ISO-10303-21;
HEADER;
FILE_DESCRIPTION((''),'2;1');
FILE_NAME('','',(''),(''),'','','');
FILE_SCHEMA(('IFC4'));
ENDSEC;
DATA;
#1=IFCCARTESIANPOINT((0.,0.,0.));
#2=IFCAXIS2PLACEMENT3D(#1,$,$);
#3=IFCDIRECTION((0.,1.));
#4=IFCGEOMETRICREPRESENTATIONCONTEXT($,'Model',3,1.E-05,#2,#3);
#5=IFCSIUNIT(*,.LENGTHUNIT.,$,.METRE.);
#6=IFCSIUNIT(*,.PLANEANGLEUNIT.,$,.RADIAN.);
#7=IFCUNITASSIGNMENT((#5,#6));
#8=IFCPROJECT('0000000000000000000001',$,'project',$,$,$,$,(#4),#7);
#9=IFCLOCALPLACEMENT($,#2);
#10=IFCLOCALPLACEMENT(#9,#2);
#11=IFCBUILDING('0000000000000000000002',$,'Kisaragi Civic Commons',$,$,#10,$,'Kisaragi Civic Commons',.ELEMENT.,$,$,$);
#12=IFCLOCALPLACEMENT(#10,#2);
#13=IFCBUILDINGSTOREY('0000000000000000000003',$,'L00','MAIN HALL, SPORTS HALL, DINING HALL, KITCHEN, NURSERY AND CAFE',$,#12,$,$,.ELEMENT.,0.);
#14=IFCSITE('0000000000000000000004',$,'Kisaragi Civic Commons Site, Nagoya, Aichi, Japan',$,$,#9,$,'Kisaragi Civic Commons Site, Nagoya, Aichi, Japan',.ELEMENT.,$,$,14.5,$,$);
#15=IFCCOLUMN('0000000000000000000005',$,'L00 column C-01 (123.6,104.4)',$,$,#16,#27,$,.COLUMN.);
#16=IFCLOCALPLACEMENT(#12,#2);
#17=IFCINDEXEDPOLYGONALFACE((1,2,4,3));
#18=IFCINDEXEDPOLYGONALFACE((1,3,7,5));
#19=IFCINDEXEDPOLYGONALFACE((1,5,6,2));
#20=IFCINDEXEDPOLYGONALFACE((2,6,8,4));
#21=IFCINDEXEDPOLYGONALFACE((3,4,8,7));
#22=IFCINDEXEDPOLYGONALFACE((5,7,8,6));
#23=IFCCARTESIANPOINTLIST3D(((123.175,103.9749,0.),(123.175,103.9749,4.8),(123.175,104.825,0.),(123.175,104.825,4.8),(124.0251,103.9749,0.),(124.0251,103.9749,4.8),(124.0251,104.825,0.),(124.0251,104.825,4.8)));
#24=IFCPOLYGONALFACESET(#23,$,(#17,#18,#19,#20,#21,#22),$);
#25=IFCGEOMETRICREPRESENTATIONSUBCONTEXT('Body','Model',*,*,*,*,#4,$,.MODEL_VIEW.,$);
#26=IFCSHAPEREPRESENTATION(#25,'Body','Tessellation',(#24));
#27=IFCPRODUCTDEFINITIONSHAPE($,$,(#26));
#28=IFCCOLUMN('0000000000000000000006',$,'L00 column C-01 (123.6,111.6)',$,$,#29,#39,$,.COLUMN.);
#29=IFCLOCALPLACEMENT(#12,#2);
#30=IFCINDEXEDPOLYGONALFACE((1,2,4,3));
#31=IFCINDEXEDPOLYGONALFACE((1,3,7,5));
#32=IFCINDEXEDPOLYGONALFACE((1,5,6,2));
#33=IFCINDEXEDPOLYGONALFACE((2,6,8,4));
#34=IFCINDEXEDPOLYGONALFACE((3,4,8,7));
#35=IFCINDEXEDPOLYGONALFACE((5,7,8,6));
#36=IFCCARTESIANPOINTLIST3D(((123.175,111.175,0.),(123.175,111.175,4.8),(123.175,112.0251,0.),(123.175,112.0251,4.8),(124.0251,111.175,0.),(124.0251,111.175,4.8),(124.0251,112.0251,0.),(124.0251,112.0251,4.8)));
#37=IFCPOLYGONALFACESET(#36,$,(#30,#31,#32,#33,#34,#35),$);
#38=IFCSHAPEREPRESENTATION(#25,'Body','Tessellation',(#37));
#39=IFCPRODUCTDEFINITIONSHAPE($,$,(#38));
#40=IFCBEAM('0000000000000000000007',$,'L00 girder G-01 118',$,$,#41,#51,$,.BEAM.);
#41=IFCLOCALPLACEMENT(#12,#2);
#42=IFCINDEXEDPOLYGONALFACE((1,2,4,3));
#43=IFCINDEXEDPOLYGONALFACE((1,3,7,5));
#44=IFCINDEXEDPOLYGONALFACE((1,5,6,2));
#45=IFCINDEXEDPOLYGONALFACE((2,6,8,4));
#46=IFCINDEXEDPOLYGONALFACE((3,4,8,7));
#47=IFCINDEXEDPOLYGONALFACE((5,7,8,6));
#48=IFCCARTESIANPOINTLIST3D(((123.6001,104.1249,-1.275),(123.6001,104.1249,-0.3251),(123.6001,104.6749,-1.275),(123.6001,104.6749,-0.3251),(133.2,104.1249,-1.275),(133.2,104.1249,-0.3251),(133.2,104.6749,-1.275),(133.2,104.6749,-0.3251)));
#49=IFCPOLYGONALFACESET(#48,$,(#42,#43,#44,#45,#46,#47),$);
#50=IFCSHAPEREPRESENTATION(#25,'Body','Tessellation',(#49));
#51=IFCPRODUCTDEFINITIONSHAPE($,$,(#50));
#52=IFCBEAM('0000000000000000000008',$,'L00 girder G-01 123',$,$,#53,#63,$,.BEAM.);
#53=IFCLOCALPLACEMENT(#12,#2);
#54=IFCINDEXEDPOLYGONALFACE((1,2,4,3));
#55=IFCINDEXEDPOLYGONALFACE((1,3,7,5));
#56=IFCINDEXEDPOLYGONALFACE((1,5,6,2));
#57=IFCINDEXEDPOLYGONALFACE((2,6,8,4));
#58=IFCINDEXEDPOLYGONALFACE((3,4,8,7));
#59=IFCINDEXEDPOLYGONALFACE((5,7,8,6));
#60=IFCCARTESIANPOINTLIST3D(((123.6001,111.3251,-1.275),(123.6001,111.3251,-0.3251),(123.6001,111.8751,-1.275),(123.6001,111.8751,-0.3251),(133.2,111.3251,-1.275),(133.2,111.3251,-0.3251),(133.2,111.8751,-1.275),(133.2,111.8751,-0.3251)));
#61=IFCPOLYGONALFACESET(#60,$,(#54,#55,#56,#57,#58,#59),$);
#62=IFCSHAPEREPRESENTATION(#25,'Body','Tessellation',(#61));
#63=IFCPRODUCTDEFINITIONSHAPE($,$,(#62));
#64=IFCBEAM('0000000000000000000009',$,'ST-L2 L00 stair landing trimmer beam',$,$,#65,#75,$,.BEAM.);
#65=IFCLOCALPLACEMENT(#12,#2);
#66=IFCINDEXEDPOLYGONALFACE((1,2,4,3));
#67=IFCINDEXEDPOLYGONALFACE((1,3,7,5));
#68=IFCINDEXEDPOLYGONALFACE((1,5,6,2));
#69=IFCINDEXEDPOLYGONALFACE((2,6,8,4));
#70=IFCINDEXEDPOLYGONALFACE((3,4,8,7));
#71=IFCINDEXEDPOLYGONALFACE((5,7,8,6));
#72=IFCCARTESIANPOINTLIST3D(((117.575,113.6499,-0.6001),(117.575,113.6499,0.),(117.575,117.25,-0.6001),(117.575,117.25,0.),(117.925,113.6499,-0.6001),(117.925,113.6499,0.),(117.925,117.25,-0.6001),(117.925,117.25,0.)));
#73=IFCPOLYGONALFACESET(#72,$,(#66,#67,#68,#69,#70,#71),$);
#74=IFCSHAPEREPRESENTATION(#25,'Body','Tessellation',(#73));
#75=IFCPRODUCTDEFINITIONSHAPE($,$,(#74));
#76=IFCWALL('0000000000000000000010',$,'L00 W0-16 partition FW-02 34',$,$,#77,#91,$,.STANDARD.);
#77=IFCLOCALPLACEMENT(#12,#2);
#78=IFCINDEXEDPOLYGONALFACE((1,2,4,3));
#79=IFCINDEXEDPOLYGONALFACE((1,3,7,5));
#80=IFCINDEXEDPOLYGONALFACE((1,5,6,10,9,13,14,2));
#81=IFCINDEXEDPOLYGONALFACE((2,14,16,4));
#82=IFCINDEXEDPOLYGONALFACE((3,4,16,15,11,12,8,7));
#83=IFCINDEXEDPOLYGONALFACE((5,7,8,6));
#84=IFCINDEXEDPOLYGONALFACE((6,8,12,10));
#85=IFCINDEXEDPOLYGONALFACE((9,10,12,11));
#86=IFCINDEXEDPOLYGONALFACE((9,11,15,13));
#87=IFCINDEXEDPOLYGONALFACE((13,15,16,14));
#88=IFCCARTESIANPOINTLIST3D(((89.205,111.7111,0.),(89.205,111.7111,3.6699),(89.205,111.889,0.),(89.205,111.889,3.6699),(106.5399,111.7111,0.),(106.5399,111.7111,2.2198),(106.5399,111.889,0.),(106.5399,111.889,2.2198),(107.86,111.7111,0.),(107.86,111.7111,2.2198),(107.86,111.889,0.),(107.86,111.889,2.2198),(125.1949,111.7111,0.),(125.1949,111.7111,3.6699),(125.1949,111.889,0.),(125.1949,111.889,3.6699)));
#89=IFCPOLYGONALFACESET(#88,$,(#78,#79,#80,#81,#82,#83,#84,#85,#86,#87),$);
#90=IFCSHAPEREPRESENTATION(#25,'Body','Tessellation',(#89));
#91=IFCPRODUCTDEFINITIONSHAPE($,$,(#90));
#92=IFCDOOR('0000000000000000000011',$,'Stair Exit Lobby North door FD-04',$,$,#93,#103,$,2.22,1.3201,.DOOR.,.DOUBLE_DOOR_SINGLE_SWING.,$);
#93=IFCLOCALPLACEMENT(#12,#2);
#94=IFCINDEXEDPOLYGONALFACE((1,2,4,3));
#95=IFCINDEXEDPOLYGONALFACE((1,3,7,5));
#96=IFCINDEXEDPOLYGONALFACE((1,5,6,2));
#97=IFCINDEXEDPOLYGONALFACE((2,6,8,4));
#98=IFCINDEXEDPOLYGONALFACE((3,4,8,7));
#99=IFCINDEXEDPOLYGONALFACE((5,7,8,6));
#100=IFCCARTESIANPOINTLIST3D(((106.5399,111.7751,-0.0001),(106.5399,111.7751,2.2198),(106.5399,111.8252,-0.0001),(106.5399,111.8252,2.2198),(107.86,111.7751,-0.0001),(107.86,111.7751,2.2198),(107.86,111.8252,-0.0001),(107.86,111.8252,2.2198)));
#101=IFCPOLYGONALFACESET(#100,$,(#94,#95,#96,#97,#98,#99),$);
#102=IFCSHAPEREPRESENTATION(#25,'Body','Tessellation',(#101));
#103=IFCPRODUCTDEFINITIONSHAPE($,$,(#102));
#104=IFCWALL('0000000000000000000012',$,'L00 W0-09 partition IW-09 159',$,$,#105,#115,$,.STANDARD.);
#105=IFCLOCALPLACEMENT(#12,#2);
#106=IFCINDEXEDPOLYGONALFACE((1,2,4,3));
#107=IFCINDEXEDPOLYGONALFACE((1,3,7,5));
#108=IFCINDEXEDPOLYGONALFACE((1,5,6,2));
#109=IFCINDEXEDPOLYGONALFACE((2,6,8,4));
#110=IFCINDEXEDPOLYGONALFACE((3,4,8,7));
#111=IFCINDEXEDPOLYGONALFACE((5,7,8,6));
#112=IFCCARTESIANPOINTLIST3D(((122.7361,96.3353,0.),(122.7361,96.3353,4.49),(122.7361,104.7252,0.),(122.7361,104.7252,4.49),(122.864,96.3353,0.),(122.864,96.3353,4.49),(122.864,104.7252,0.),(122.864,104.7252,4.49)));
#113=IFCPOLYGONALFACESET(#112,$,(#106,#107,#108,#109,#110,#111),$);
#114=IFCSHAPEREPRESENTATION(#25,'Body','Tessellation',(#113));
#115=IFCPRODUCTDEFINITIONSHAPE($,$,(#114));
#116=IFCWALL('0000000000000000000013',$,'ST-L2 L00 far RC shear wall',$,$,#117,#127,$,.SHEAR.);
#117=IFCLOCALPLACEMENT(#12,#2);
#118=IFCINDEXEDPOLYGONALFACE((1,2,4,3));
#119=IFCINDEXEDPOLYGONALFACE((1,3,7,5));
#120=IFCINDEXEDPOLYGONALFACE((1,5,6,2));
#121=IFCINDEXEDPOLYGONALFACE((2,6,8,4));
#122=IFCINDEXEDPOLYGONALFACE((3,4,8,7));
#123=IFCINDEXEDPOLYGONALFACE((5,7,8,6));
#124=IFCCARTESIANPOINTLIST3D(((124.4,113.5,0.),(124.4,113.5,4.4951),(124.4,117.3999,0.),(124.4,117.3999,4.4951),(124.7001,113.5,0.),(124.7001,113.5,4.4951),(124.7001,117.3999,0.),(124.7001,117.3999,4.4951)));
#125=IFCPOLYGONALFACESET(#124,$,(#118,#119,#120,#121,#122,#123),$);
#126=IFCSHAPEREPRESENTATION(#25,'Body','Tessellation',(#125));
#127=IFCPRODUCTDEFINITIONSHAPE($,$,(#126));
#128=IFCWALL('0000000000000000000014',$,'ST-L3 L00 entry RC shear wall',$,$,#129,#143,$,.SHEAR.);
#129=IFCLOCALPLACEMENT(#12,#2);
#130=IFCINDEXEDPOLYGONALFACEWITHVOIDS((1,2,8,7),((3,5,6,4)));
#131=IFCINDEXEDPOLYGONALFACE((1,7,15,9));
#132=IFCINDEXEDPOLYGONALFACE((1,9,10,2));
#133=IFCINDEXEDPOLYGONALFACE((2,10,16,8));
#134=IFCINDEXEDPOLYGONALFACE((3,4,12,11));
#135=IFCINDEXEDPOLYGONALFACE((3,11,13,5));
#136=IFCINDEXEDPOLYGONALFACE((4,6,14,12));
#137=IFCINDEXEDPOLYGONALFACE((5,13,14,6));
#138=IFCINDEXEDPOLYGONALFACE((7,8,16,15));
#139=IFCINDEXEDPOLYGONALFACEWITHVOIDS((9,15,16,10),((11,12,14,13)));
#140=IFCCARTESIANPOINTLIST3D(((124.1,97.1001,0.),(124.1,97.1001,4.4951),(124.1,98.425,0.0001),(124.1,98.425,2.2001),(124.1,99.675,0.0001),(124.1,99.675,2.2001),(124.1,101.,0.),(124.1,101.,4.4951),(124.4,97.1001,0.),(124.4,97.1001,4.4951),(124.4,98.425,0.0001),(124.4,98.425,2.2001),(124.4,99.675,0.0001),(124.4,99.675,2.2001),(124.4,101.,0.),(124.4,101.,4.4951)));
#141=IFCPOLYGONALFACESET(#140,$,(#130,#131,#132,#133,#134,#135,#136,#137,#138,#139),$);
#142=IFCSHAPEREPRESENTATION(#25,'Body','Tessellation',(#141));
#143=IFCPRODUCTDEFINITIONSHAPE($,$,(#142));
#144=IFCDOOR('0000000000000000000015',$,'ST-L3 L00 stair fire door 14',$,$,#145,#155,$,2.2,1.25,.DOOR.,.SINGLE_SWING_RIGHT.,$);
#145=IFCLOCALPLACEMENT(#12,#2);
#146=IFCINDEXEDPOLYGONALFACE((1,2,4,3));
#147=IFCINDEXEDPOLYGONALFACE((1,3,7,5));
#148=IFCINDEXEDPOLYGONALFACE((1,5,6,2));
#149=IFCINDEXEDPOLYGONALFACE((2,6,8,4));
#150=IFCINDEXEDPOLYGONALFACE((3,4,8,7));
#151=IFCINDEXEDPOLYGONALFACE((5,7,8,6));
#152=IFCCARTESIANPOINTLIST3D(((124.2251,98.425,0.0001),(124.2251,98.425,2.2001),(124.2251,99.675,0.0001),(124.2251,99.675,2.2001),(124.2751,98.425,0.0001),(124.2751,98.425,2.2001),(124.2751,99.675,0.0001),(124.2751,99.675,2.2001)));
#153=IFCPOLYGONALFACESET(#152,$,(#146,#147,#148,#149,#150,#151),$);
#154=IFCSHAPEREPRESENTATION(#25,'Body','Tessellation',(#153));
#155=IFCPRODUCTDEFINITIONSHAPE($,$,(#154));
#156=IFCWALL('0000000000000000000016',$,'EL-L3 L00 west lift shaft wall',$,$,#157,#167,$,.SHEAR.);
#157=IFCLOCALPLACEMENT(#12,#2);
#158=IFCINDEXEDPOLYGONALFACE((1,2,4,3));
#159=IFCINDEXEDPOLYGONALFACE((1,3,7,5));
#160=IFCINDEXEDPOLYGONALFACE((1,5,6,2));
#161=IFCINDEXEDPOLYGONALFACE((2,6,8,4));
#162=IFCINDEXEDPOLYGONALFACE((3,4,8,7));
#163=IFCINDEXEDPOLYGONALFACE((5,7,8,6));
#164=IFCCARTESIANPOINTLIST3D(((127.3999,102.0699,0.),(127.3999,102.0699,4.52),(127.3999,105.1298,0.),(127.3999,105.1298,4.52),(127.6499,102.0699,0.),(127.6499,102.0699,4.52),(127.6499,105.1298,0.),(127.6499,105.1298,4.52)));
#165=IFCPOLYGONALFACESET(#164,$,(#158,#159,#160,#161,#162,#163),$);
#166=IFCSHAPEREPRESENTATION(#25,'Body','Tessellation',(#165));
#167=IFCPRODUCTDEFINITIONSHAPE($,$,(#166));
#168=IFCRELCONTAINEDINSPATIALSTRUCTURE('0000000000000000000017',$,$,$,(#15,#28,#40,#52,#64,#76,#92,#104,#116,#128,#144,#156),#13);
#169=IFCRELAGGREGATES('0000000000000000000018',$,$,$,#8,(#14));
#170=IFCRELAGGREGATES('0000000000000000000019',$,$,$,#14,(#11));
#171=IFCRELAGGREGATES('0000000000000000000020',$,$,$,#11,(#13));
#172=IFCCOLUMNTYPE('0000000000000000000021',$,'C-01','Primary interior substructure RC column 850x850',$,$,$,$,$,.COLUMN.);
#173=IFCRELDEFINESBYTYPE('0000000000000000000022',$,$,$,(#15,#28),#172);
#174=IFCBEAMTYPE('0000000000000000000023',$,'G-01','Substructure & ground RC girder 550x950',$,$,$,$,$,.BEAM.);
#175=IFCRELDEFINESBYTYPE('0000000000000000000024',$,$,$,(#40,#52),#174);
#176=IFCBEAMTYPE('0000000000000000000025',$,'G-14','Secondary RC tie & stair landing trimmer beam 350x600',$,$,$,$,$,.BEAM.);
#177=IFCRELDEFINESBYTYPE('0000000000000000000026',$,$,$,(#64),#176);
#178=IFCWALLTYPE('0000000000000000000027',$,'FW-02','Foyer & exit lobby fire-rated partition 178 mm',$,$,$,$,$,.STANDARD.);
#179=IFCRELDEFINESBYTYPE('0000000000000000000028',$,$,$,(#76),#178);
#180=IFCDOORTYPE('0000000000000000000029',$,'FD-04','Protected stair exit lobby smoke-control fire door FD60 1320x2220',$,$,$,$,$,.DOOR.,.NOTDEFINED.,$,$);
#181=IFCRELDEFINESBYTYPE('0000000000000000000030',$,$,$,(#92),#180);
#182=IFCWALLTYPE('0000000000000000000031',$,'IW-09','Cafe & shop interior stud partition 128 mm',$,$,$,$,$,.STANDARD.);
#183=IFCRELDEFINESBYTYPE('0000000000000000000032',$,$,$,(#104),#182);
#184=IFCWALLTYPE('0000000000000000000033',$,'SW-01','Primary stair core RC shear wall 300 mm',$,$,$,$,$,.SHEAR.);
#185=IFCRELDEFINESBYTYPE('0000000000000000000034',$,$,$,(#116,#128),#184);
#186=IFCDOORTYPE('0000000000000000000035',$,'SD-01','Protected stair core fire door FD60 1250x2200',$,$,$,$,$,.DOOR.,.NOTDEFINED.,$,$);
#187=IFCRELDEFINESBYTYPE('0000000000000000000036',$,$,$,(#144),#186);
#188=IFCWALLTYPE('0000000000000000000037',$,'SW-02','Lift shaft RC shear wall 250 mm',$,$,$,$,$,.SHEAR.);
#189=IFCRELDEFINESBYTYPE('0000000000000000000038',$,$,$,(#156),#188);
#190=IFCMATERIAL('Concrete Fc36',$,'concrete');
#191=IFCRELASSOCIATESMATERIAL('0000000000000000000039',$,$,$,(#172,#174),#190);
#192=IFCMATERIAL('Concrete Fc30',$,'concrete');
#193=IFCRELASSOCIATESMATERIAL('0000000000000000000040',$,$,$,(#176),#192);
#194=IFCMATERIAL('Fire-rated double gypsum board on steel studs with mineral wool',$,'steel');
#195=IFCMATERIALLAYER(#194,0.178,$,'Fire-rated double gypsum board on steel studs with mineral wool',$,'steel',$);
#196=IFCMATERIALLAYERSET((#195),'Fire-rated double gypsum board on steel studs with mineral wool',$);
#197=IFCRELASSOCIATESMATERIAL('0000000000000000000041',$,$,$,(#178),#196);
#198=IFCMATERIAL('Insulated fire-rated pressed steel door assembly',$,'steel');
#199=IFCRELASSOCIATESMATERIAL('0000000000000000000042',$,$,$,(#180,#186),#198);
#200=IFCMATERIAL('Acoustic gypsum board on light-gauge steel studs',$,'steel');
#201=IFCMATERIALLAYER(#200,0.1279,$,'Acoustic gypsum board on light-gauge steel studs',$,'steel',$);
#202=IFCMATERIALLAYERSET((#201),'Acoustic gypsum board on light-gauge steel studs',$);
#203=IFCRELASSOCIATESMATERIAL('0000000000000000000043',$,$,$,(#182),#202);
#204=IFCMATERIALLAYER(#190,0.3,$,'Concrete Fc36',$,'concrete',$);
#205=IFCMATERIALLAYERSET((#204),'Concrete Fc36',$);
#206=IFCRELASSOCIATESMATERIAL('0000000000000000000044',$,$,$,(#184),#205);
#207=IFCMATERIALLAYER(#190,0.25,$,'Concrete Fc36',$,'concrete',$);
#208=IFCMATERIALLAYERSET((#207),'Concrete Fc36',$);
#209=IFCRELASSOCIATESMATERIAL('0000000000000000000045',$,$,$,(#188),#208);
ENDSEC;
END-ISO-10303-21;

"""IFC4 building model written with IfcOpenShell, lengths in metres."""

from ifc_helpers import new_model, si_unit, direction, frame, frame_2d, origin, origin_2d, place, context, subcontext, project, spatial, rectangle, extrude, material, layer, layer_set, material_profile, profile_set, type_object, element, fill, save


model = new_model("IFC4")

# Units and contexts
model_context = context("Model", 3, precision=1e-05, world=origin(), true_north=direction((0.0, 1.0)))
body_context = subcontext(model_context, "Body", "Model", "MODEL_VIEW")
ifc_project = project(units=[si_unit("LENGTHUNIT", "METRE"), si_unit("PLANEANGLEUNIT", "RADIAN")], contexts=[model_context])

# Site, building, storey
site_placement = place(None, origin())
site = spatial("IfcSite", under=ifc_project, at=site_placement, Name="Kisaragi Civic Commons Site, Nagoya, Aichi, Japan", LongName="Kisaragi Civic Commons Site, Nagoya, Aichi, Japan", CompositionType="ELEMENT", RefElevation=14.5)
building_placement = place(site_placement, origin())
building = spatial("IfcBuilding", under=site, at=building_placement, Name="Kisaragi Civic Commons", LongName="Kisaragi Civic Commons", CompositionType="ELEMENT")
storey_placement = place(building_placement, origin())
storey = spatial("IfcBuildingStorey", under=building, at=storey_placement, Name="L00", Description="MAIN HALL, SPORTS HALL, DINING HALL, KITCHEN, NURSERY AND CAFE", CompositionType="ELEMENT", Elevation=0.0)

# Columns
ifc_material_1 = material(Name="Concrete Fc36", Category="concrete")
ifc_material_profile_1 = material_profile(ifc_material_1, rectangle(XDim=0.8501, YDim=0.8501, at=origin_2d()), Name="RC-850x850", Category="concrete")
ifc_profile_set_1 = profile_set([ifc_material_profile_1], Name="Concrete Fc36")
column_type = type_object("IfcColumnType", Name="C-01", Description="Primary interior substructure RC column 850x850", PredefinedType="COLUMN", material=ifc_profile_set_1)
for number, where, z_axis, x_axis, name in (
    (1, (123.6001, 104.3999, 0.0), (0.0, 0.0, 1.0), (1.0, 0.0, 0.0), "L00 column C-01 (123.6,104.4)"),
    (2, (123.6001, 111.6001, 0.0), (0.0, 0.0, 1.0), (1.0, 0.0, 0.0), "L00 column C-01 (123.6,111.6)"),
):
    element("IfcColumn", number, at=place(storey_placement, frame(where, z_axis=z_axis, x_axis=x_axis)), inside=storey, type_object=column_type, Name=name, PredefinedType="COLUMN", context=body_context, shape_type="SweptSolid", body=[
        extrude(rectangle(XDim=0.8501, YDim=0.8501, at=origin_2d()), origin(), (0.0, 0.0, 1.0), 4.8),
    ])

# Beams
ifc_material_profile_2 = material_profile(ifc_material_1, rectangle(XDim=0.55, YDim=0.95, at=origin_2d()), Name="RC-550x950", Category="concrete")
ifc_profile_set_2 = profile_set([ifc_material_profile_2], Name="Concrete Fc36")
beam_type_1 = type_object("IfcBeamType", Name="G-01", Description="Substructure & ground RC girder 550x950", PredefinedType="BEAM", material=ifc_profile_set_2)
for number, where, z_axis, x_axis, name in (
    (3, (123.6001, 104.3999, -0.8), (1.0, 0.0, 0.0), (0.0, 1.0, 0.0), "L00 girder G-01 118"),
    (4, (123.6001, 111.6001, -0.8), (1.0, 0.0, 0.0), (0.0, 1.0, 0.0), "L00 girder G-01 123"),
):
    element("IfcBeam", number, at=place(storey_placement, frame(where, z_axis=z_axis, x_axis=x_axis)), inside=storey, type_object=beam_type_1, Name=name, PredefinedType="BEAM", context=body_context, shape_type="SweptSolid", body=[
        extrude(rectangle(XDim=0.55, YDim=0.95, at=origin_2d()), origin(), (0.0, 0.0, 1.0), 9.5999),
    ])
ifc_material_2 = material(Name="Concrete Fc30", Category="concrete")
ifc_material_profile_3 = material_profile(ifc_material_2, rectangle(XDim=0.3501, YDim=0.6001, at=origin_2d()), Name="RC-350x600", Category="concrete")
ifc_profile_set_3 = profile_set([ifc_material_profile_3], Name="Concrete Fc30")
beam_type_2 = type_object("IfcBeamType", Name="G-14", Description="Secondary RC tie & stair landing trimmer beam 350x600", PredefinedType="BEAM", material=ifc_profile_set_3)
beam_placement = place(storey_placement, frame((117.75, 113.6499, -0.3), z_axis=(0.0, 1.0, 0.0), x_axis=(-1.0, 0.0, 0.0)))
element("IfcBeam", 5, at=beam_placement, inside=storey, type_object=beam_type_2, Name="ST-L2 L00 stair landing trimmer beam", PredefinedType="BEAM", context=body_context, shape_type="SweptSolid", body=[
    extrude(rectangle(XDim=0.3501, YDim=0.6001, at=origin_2d()), origin(), (0.0, 0.0, 1.0), 3.6001),
])

# Wall, opening, door
ifc_material_3 = material(Name="Fire-rated double gypsum board on steel studs with mineral wool", Category="steel")
ifc_layer_1 = layer(ifc_material_3, 0.178, Name="Fire-rated double gypsum board on steel studs with mineral wool", Category="steel")
ifc_layer_set_1 = layer_set([ifc_layer_1], Name="Fire-rated double gypsum board on steel studs with mineral wool")
wall_type_1 = type_object("IfcWallType", Name="FW-02", Description="Foyer & exit lobby fire-rated partition 178 mm", PredefinedType="STANDARD", material=ifc_layer_set_1)
wall_1_placement = place(storey_placement, frame((125.1951, 111.8, 0.0), z_axis=(0.0, 0.0, 1.0), x_axis=(-1.0, 0.0, 0.0)))
wall_1 = element("IfcWall", 6, at=wall_1_placement, inside=storey, type_object=wall_type_1, Name="L00 W0-16 partition FW-02 34", PredefinedType="STANDARD", context=body_context, shape_type="SweptSolid", body=[
    extrude(rectangle(XDim=35.99, YDim=0.178, at=frame_2d((17.9951, 0.0))), origin(), (0.0, 0.0, 1.0), 3.6699),
])
opening_1_placement = place(wall_1_placement, frame((17.335, 0.0, 0.0)))
opening_1 = element("IfcOpeningElement", 7, at=opening_1_placement, cuts=wall_1, PredefinedType="OPENING", context=body_context, shape_type="SweptSolid", body=[
    extrude(rectangle(XDim=1.3201, YDim=2.22, at=frame_2d((0.6602, 1.1099))), frame((0.0, 0.0989, 0.0), z_axis=(0.0, -1.0, 0.0), x_axis=(1.0, 0.0, 0.0)), (0.0, 0.0, 1.0), 0.198),
])
ifc_material_4 = material(Name="Insulated fire-rated pressed steel door assembly", Category="steel")
door_type_1 = type_object("IfcDoorType", Name="FD-04", Description="Protected stair exit lobby smoke-control fire door FD60 1320x2220", OperationType="NOTDEFINED", PredefinedType="DOOR", material=ifc_material_4)
door_1_placement = place(opening_1_placement, origin())
door_1 = element("IfcDoor", 8, at=door_1_placement, inside=storey, type_object=door_type_1, Name="Stair Exit Lobby North door FD-04", OperationType="DOUBLE_DOOR_SINGLE_SWING", OverallHeight=2.22, OverallWidth=1.3201, PredefinedType="DOOR", context=body_context, shape_type="SweptSolid", body=[
    extrude(rectangle(XDim=1.3201, YDim=2.22, at=frame_2d((0.6602, 1.1099))), frame((0.0, 0.0249, 0.0), z_axis=(0.0, -1.0, 0.0), x_axis=(1.0, 0.0, 0.0)), (0.0, 0.0, 1.0), 0.05),
])
fill(opening_1, door_1)

# Walls
ifc_material_5 = material(Name="Acoustic gypsum board on light-gauge steel studs", Category="steel")
ifc_layer_2 = layer(ifc_material_5, 0.1279, Name="Acoustic gypsum board on light-gauge steel studs", Category="steel")
ifc_layer_set_2 = layer_set([ifc_layer_2], Name="Acoustic gypsum board on light-gauge steel studs")
wall_type_2 = type_object("IfcWallType", Name="IW-09", Description="Cafe & shop interior stud partition 128 mm", PredefinedType="STANDARD", material=ifc_layer_set_2)
wall_2_placement = place(storey_placement, frame((122.8, 104.7251, 0.0), z_axis=(0.0, 0.0, 1.0), x_axis=(0.0, -1.0, 0.0)))
element("IfcWall", 9, at=wall_2_placement, inside=storey, type_object=wall_type_2, Name="L00 W0-09 partition IW-09 159", PredefinedType="STANDARD", context=body_context, shape_type="SweptSolid", body=[
    extrude(rectangle(XDim=8.3899, YDim=0.1279, at=frame_2d((4.1948, 0.0))), origin(), (0.0, 0.0, 1.0), 4.49),
])
ifc_layer_3 = layer(ifc_material_1, 0.3, Name="Concrete Fc36", Category="concrete")
ifc_layer_set_3 = layer_set([ifc_layer_3], Name="Concrete Fc36")
wall_type_3 = type_object("IfcWallType", Name="SW-01", Description="Primary stair core RC shear wall 300 mm", PredefinedType="SHEAR", material=ifc_layer_set_3)
wall_3_placement = place(storey_placement, frame((124.55, 113.5, 0.0), z_axis=(0.0, 0.0, 1.0), x_axis=(0.0, 1.0, 0.0)))
element("IfcWall", 10, at=wall_3_placement, inside=storey, type_object=wall_type_3, Name="ST-L2 L00 far RC shear wall", PredefinedType="SHEAR", context=body_context, shape_type="SweptSolid", body=[
    extrude(rectangle(XDim=3.8999, YDim=0.3, at=frame_2d((1.95, 0.0))), origin(), (0.0, 0.0, 1.0), 4.4951),
])

# Wall, opening, door
wall_4_placement = place(storey_placement, frame((124.25, 101.0, 0.0), z_axis=(0.0, 0.0, 1.0), x_axis=(0.0, -1.0, 0.0)))
wall_4 = element("IfcWall", 11, at=wall_4_placement, inside=storey, type_object=wall_type_3, Name="ST-L3 L00 entry RC shear wall", PredefinedType="SHEAR", context=body_context, shape_type="SweptSolid", body=[
    extrude(rectangle(XDim=3.8999, YDim=0.3, at=frame_2d((1.95, 0.0))), origin(), (0.0, 0.0, 1.0), 4.4951),
])
opening_2_placement = place(wall_4_placement, frame((1.325, 0.0, 0.0)))
opening_2 = element("IfcOpeningElement", 12, at=opening_2_placement, cuts=wall_4, PredefinedType="OPENING", context=body_context, shape_type="SweptSolid", body=[
    extrude(rectangle(XDim=1.25, YDim=2.2, at=frame_2d((0.625, 1.1001))), frame((0.0, 0.1599, 0.0), z_axis=(0.0, -1.0, 0.0), x_axis=(1.0, 0.0, 0.0)), (0.0, 0.0, 1.0), 0.3201),
])
door_type_2 = type_object("IfcDoorType", Name="SD-01", Description="Protected stair core fire door FD60 1250x2200", OperationType="NOTDEFINED", PredefinedType="DOOR", material=ifc_material_4)
door_2_placement = place(opening_2_placement, frame((1.25, 0.0, 0.0), z_axis=(0.0, 0.0, 1.0), x_axis=(-1.0, 0.0, 0.0)))
door_2 = element("IfcDoor", 13, at=door_2_placement, inside=storey, type_object=door_type_2, Name="ST-L3 L00 stair fire door 14", OperationType="SINGLE_SWING_RIGHT", OverallHeight=2.2, OverallWidth=1.25, PredefinedType="DOOR", context=body_context, shape_type="SweptSolid", body=[
    extrude(rectangle(XDim=1.25, YDim=2.2, at=frame_2d((0.625, 1.1001))), frame((0.0, 0.0249, 0.0), z_axis=(0.0, -1.0, 0.0), x_axis=(1.0, 0.0, 0.0)), (0.0, 0.0, 1.0), 0.05),
])
fill(opening_2, door_2)

# Wall
ifc_layer_4 = layer(ifc_material_1, 0.25, Name="Concrete Fc36", Category="concrete")
ifc_layer_set_4 = layer_set([ifc_layer_4], Name="Concrete Fc36")
wall_type_4 = type_object("IfcWallType", Name="SW-02", Description="Lift shaft RC shear wall 250 mm", PredefinedType="SHEAR", material=ifc_layer_set_4)
wall_5_placement = place(storey_placement, frame((127.5249, 102.0701, 0.0), z_axis=(0.0, 0.0, 1.0), x_axis=(0.0, 1.0, 0.0)))
element("IfcWall", 14, at=wall_5_placement, inside=storey, type_object=wall_type_4, Name="EL-L3 L00 west lift shaft wall", PredefinedType="SHEAR", context=body_context, shape_type="SweptSolid", body=[
    extrude(rectangle(XDim=3.0598, YDim=0.25, at=frame_2d((1.5298, 0.0))), origin(), (0.0, 0.0, 1.0), 4.52),
])

save(model, "model.ifc")
